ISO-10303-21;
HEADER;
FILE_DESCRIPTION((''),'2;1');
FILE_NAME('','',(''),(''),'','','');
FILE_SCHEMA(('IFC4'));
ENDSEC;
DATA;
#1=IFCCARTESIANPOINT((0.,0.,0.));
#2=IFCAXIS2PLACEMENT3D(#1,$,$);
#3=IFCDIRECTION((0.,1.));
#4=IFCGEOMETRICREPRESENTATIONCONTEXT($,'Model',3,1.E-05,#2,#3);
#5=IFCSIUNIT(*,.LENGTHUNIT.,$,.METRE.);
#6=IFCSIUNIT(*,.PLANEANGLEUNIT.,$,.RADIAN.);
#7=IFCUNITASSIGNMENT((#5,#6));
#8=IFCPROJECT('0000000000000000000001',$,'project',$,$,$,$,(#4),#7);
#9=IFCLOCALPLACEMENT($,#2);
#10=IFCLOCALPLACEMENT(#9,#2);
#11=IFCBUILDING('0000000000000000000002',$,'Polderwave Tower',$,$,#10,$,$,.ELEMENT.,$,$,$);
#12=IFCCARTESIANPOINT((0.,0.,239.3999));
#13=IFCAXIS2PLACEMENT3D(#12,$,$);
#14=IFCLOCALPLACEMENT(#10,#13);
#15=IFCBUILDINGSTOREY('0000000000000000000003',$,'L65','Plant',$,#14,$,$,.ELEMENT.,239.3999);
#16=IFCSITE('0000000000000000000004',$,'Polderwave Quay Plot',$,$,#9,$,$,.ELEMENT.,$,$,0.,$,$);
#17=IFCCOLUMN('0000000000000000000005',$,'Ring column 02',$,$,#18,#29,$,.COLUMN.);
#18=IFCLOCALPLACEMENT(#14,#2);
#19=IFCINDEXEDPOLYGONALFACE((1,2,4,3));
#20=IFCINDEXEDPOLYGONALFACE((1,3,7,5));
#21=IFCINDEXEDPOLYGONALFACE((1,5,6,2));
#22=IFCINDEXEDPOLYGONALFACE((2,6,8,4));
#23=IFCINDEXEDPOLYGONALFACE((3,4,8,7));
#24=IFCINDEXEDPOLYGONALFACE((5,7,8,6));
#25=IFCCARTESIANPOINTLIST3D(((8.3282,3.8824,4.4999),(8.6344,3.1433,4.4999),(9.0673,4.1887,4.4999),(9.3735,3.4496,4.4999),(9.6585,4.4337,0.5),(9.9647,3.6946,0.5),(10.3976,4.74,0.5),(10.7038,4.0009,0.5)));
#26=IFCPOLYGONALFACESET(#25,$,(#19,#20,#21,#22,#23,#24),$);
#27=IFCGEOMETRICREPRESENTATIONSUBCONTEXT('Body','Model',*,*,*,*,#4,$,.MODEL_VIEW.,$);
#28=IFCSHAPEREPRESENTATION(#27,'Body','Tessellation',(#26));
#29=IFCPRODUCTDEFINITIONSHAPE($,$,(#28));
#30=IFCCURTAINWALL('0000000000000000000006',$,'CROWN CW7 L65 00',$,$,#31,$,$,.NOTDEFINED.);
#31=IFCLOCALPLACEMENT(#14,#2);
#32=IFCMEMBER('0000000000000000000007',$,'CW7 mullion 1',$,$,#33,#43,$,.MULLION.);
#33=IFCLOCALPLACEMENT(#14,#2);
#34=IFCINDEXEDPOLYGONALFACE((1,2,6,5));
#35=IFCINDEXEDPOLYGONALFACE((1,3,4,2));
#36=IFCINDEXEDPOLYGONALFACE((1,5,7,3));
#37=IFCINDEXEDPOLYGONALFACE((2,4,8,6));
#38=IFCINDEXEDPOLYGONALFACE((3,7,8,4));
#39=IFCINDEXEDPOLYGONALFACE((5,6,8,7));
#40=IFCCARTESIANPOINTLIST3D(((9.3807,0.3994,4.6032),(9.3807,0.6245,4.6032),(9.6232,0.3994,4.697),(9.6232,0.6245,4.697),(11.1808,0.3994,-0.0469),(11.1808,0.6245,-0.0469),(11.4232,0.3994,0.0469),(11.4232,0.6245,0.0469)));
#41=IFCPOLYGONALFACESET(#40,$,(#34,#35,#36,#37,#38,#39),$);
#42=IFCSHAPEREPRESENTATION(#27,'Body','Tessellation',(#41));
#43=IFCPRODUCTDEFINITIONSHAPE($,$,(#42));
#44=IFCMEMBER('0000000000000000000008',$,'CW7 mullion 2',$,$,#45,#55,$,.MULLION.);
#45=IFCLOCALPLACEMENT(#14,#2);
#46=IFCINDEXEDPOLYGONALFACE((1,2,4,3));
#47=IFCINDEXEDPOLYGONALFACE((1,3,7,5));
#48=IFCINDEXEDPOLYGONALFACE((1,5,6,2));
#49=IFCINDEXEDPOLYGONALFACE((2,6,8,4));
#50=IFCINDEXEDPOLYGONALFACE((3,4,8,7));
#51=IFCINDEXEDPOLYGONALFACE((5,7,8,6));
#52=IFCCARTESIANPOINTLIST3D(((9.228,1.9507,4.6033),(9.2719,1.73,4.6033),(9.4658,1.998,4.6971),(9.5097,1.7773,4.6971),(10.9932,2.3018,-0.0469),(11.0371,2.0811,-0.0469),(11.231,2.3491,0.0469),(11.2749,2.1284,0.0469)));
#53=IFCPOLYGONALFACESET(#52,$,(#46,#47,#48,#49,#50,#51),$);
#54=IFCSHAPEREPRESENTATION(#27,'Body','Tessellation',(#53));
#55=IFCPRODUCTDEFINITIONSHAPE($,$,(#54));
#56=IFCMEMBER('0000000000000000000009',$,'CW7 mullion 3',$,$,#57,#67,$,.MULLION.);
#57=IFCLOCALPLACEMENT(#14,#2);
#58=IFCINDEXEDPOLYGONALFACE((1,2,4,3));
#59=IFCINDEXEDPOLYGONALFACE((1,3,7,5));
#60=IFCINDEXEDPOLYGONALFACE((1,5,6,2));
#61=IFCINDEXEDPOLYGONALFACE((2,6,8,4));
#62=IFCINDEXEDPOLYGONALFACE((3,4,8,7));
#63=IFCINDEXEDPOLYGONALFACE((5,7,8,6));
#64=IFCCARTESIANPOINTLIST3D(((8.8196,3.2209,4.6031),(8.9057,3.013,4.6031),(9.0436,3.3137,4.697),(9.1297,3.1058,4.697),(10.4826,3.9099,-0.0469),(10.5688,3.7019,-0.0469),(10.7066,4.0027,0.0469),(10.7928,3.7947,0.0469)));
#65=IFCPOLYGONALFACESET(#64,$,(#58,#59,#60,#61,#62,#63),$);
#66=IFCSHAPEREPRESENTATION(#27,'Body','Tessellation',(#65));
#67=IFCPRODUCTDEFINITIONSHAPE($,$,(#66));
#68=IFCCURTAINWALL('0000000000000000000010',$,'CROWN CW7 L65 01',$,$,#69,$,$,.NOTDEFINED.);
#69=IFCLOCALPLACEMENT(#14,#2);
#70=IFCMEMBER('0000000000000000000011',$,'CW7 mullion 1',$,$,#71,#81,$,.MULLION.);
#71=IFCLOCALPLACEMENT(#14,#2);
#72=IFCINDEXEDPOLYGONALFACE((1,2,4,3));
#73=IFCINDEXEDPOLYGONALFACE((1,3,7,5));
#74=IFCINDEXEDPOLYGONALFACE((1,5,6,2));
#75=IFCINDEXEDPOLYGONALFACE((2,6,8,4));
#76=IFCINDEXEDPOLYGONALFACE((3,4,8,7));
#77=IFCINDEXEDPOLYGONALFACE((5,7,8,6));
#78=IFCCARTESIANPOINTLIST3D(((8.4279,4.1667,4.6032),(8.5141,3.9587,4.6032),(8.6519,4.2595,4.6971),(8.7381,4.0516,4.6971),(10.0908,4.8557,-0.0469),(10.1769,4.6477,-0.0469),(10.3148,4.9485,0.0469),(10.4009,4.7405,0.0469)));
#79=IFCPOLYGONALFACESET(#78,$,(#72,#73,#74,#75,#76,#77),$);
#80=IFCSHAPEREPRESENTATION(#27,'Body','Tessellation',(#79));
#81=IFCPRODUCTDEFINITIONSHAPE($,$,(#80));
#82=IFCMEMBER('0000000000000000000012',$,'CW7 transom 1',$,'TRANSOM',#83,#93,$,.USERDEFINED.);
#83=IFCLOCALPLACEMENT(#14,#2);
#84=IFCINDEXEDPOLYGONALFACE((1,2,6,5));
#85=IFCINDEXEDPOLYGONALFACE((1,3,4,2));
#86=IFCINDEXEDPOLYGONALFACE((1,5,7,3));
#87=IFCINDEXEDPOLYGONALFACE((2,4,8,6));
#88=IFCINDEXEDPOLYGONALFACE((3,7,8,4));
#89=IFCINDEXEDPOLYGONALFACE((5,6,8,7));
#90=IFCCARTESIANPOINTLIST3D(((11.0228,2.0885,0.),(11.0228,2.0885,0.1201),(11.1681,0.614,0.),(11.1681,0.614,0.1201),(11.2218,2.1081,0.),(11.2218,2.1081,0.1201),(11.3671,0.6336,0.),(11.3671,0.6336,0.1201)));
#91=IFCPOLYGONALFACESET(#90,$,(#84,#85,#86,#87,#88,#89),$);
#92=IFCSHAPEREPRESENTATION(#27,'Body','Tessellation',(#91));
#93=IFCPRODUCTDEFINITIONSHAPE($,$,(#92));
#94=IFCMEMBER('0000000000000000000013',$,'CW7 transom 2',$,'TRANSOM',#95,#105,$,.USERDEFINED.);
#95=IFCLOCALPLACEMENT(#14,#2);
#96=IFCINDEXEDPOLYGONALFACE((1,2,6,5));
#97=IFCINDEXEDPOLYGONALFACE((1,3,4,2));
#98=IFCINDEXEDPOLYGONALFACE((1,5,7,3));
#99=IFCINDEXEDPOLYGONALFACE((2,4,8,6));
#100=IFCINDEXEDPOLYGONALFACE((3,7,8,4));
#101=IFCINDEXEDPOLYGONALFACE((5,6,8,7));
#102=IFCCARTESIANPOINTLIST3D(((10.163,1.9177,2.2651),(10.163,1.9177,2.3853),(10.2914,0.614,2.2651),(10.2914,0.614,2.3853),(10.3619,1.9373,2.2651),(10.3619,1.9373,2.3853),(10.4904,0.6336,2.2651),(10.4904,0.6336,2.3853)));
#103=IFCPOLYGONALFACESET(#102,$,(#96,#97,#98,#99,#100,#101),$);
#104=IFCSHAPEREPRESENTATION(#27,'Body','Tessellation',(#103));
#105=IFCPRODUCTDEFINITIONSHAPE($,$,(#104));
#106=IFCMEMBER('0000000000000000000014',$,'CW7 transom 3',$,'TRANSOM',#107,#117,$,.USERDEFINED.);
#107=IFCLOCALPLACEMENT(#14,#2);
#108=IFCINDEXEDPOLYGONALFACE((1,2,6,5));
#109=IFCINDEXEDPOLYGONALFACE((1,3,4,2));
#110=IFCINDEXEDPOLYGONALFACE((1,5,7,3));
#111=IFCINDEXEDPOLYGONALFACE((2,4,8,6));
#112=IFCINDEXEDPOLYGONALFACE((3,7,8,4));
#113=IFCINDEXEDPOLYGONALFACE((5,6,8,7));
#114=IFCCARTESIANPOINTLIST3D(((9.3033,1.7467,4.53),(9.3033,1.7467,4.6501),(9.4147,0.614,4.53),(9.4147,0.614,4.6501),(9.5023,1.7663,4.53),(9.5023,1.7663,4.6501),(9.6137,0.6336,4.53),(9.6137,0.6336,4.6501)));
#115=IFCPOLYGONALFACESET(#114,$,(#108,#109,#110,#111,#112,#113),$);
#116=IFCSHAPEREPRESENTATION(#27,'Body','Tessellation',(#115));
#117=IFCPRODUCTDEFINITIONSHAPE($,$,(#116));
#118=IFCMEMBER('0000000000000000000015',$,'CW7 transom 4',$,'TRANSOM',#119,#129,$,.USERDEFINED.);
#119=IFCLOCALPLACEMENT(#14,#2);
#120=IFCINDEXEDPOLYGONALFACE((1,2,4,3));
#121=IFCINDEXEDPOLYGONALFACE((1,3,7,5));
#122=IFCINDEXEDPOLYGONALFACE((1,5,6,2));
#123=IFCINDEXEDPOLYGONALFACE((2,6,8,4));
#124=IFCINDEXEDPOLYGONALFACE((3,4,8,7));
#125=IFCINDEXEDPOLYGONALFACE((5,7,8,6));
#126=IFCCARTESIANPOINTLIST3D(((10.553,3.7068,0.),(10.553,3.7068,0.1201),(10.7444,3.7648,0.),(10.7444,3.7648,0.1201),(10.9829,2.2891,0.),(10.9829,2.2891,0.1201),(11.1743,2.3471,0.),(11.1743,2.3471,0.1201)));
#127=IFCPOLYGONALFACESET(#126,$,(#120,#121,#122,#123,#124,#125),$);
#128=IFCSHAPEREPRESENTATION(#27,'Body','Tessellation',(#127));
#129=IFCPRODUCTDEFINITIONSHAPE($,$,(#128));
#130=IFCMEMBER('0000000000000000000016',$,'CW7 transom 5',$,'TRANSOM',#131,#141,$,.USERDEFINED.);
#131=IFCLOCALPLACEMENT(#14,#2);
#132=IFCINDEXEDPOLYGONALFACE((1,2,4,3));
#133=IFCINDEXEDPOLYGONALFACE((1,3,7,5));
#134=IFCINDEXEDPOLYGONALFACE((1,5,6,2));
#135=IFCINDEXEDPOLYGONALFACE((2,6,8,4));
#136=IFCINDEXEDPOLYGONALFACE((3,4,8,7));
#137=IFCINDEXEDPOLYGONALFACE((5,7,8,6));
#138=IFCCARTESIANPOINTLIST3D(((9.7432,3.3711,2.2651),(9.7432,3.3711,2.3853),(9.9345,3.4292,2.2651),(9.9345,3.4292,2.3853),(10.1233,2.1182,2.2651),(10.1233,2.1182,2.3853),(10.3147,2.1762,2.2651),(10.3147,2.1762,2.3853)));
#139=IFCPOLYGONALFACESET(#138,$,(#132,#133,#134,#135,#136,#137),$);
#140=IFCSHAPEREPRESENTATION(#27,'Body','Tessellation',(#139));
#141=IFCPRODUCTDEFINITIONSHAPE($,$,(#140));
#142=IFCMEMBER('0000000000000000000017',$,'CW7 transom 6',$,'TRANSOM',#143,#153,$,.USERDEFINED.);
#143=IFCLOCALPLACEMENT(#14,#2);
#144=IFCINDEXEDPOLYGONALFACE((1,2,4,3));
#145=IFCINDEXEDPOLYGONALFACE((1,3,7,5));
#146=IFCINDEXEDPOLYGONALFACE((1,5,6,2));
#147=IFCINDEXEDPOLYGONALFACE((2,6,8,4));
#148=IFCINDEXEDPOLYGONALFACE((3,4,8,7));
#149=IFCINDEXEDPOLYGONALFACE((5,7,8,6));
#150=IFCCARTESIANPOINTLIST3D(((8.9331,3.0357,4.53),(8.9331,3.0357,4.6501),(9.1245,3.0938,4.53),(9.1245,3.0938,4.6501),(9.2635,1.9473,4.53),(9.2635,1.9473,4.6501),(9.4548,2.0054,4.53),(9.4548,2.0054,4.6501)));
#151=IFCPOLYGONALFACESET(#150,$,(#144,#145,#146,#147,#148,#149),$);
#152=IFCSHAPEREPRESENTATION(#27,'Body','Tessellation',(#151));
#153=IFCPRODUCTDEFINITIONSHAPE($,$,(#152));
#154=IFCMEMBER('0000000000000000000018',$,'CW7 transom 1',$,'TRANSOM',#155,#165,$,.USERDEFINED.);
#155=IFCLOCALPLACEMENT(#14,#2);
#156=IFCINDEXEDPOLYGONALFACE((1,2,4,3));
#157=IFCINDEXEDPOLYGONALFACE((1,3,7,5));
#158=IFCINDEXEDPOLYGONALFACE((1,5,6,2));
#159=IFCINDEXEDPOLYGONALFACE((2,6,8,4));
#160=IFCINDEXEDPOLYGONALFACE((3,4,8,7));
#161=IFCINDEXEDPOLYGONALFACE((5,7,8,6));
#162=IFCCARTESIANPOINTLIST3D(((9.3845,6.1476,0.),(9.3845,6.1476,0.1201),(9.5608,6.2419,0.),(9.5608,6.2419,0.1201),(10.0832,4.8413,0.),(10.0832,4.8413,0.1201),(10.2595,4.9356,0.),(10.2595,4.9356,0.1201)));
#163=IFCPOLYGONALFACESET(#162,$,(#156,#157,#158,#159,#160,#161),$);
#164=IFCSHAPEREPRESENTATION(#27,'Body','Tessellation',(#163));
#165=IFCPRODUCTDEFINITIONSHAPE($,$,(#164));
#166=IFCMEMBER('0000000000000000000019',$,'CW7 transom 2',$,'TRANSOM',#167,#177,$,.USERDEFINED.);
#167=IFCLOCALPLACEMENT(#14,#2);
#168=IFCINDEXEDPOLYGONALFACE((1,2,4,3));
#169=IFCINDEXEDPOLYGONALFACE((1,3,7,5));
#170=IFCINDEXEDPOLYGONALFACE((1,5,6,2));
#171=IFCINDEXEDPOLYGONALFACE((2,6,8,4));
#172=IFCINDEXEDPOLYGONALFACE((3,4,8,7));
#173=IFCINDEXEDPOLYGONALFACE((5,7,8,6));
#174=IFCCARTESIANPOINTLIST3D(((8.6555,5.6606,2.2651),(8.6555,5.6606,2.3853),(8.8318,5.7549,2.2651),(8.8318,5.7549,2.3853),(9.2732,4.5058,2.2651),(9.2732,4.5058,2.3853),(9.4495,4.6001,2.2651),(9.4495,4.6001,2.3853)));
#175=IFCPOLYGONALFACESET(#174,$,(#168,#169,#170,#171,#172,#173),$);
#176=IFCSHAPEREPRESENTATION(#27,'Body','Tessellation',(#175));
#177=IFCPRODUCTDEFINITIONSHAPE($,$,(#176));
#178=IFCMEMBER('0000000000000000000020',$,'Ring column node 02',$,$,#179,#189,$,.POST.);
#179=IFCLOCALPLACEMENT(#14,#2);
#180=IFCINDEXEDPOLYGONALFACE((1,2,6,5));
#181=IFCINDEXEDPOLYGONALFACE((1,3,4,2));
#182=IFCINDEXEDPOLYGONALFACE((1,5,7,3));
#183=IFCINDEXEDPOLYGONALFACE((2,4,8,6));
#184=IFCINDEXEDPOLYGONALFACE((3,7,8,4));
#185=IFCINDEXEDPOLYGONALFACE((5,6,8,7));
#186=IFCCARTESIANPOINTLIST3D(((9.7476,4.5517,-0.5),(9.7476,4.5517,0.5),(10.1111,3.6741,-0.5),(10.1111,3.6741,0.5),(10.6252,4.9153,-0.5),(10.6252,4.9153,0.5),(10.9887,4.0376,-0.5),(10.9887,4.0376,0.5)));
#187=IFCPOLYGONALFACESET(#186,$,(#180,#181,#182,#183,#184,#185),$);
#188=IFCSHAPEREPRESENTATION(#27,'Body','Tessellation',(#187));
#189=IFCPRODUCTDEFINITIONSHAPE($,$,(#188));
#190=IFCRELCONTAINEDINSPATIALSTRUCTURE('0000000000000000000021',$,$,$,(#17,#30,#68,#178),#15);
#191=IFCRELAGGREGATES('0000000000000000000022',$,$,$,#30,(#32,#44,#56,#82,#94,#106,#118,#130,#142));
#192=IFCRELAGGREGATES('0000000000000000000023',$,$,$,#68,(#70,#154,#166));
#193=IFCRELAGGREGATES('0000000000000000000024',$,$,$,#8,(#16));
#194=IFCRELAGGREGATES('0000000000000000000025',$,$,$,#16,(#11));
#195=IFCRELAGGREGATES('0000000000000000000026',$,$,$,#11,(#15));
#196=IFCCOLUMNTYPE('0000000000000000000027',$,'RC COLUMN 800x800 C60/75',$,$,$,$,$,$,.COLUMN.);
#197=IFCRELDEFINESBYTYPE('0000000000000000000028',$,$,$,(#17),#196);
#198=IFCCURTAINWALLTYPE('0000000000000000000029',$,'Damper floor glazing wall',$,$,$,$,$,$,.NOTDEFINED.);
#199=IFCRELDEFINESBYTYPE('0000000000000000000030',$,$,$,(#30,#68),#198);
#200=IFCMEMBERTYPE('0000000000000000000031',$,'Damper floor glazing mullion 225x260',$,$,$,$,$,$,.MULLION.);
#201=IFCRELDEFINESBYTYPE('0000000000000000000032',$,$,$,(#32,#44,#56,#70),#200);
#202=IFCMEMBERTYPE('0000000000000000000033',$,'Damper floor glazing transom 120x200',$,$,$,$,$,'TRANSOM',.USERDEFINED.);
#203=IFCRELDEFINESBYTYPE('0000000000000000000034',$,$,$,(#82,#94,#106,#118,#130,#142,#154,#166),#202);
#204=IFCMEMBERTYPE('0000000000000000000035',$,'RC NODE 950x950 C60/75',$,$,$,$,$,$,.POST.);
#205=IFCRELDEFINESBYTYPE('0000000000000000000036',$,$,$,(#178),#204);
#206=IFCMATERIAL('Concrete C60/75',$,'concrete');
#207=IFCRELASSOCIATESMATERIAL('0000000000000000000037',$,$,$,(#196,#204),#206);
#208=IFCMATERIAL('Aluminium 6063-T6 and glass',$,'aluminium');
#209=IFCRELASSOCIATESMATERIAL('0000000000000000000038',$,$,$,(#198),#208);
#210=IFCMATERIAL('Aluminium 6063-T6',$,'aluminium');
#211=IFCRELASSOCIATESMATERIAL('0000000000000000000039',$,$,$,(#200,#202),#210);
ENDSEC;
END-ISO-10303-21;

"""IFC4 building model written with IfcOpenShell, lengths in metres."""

from ifc_helpers import new_model, si_unit, direction, frame, origin, origin_2d, place, context, subcontext, project, spatial, rectangle, extrude, material, material_profile, profile_set, type_object, element, aggregate, save


model = new_model("IFC4")

# Units and contexts
model_context = context("Model", 3, precision=1e-05, world=origin(), true_north=direction((0.0, 1.0)))
body_context = subcontext(model_context, "Body", "Model", "MODEL_VIEW")
ifc_project = project(units=[si_unit("LENGTHUNIT", "METRE"), si_unit("PLANEANGLEUNIT", "RADIAN")], contexts=[model_context])

# Site, building, storey
site_placement = place(None, origin())
site = spatial("IfcSite", under=ifc_project, at=site_placement, Name="Polderwave Quay Plot", CompositionType="ELEMENT", RefElevation=0.0)
building_placement = place(site_placement, origin())
building = spatial("IfcBuilding", under=site, at=building_placement, Name="Polderwave Tower", CompositionType="ELEMENT")
storey_placement = place(building_placement, frame((0.0, 0.0, 239.3999)))
storey = spatial("IfcBuildingStorey", under=building, at=storey_placement, Name="L65", Description="Plant", CompositionType="ELEMENT", Elevation=239.3999)

# Column
ifc_material_1 = material(Name="Concrete C60/75", Category="concrete")
ifc_material_profile_1 = material_profile(ifc_material_1, rectangle(XDim=0.8, YDim=0.8, at=origin_2d()), Name="RC 800x800")
ifc_profile_set_1 = profile_set([ifc_material_profile_1], Name="Concrete C60/75")
column_type = type_object("IfcColumnType", Name="RC COLUMN 800x800 C60/75", PredefinedType="COLUMN", material=ifc_profile_set_1)
column_placement = place(storey_placement, frame((10.1812, 4.2173, 0.5), z_axis=(0.0, 0.0, 1.0), x_axis=(0.382821, -0.923823, 0.0)))
element("IfcColumn", 1, at=column_placement, inside=storey, type_object=column_type, Name="Ring column 02", PredefinedType="COLUMN", context=body_context, shape_type="SweptSolid", body=[
    extrude(rectangle(XDim=0.8, YDim=0.8, at=origin_2d()), origin(), (0.0, -0.338723, 0.940886), 4.2512),
])

# Curtain wall, members
ifc_material_2 = material(Name="Aluminium 6063-T6 and glass", Category="aluminium")
curtain_wall_type = type_object("IfcCurtainWallType", Name="Damper floor glazing wall", PredefinedType="NOTDEFINED", material=ifc_material_2)
curtain_wall_1_placement = place(storey_placement, origin())
curtain_wall_1 = element("IfcCurtainWall", 2, at=curtain_wall_1_placement, inside=storey, type_object=curtain_wall_type, Name="CROWN CW7 L65 00", PredefinedType="NOTDEFINED")
ifc_material_3 = material(Name="Aluminium 6063-T6", Category="aluminium")
ifc_material_profile_2 = material_profile(ifc_material_3, rectangle(XDim=0.2251, YDim=0.26, at=origin_2d()), Name="AL 225x260")
ifc_profile_set_2 = profile_set([ifc_material_profile_2], Name="Aluminium 6063-T6")
member_type_1 = type_object("IfcMemberType", Name="Damper floor glazing mullion 225x260", PredefinedType="MULLION", material=ifc_profile_set_2)
member_1_placement = place(storey_placement, frame((11.302, 0.512, 0.0), z_axis=(-0.360993, 0.0, 0.932569), x_axis=(0.0, -1.0, 0.0)))
member_1 = element("IfcMember", 3, at=member_1_placement, type_object=member_type_1, Name="CW7 mullion 1", PredefinedType="MULLION", context=body_context, shape_type="SweptSolid", body=[
    extrude(rectangle(XDim=0.2251, YDim=0.26, at=origin_2d()), origin(), (0.0, 0.0, 1.0), 4.9863),
])
member_2_placement = place(storey_placement, frame((11.134, 2.2151, 0.0), z_axis=(-0.354, -0.070408, 0.932591), x_axis=(0.195073, -0.980789, 0.0)))
member_2 = element("IfcMember", 4, at=member_2_placement, type_object=member_type_1, Name="CW7 mullion 2", PredefinedType="MULLION", context=body_context, shape_type="SweptSolid", body=[
    extrude(rectangle(XDim=0.2251, YDim=0.26, at=origin_2d()), origin(), (0.0, 0.0, 1.0), 4.9863),
])
member_3_placement = place(storey_placement, frame((10.6377, 3.8523, 0.0), z_axis=(-0.333523, -0.138168, 0.932562), x_axis=(0.382727, -0.923861, 0.0)))
member_3 = element("IfcMember", 5, at=member_3_placement, type_object=member_type_1, Name="CW7 mullion 3", PredefinedType="MULLION", context=body_context, shape_type="SweptSolid", body=[
    extrude(rectangle(XDim=0.2251, YDim=0.26, at=origin_2d()), origin(), (0.0, 0.0, 1.0), 4.9863),
])

# Curtain wall, member
curtain_wall_2_placement = place(storey_placement, origin())
curtain_wall_2 = element("IfcCurtainWall", 6, at=curtain_wall_2_placement, inside=storey, type_object=curtain_wall_type, Name="CROWN CW7 L65 01", PredefinedType="NOTDEFINED")
member_4_placement = place(storey_placement, frame((10.2458, 4.7981, 0.0), z_axis=(-0.333479, -0.13817, 0.932577), x_axis=(0.382775, -0.923842, 0.0)))
member_4 = element("IfcMember", 7, at=member_4_placement, type_object=member_type_1, Name="CW7 mullion 1", PredefinedType="MULLION", context=body_context, shape_type="SweptSolid", body=[
    extrude(rectangle(XDim=0.2251, YDim=0.26, at=origin_2d()), origin(), (0.0, 0.0, 1.0), 4.9863),
])

# Members
ifc_material_profile_3 = material_profile(ifc_material_3, rectangle(XDim=0.2, YDim=0.1201, at=origin_2d()), Name="AL 120x200")
ifc_profile_set_3 = profile_set([ifc_material_profile_3], Name="Aluminium 6063-T6")
member_type_2 = type_object("IfcMemberType", Name="Damper floor glazing transom 120x200", ElementType="TRANSOM", PredefinedType="USERDEFINED", material=ifc_profile_set_3)
member_5_placement = place(storey_placement, frame((11.2676, 0.6238, 0.0601), z_axis=(-0.098035, 0.995183, 0.0), x_axis=(-0.995183, -0.098035, 0.0)))
member_5 = element("IfcMember", 8, at=member_5_placement, type_object=member_type_2, Name="CW7 transom 1", ObjectType="TRANSOM", PredefinedType="USERDEFINED", context=body_context, shape_type="SweptSolid", body=[
    extrude(rectangle(XDim=0.2, YDim=0.1201, at=origin_2d()), origin(), (0.0, 0.0, 1.0), 1.4817),
])
member_6_placement = place(storey_placement, frame((10.3909, 0.6238, 2.3252), z_axis=(-0.098027, 0.995184, 0.0), x_axis=(-0.995184, -0.098027, 0.0)))
member_6 = element("IfcMember", 9, at=member_6_placement, type_object=member_type_2, Name="CW7 transom 2", ObjectType="TRANSOM", PredefinedType="USERDEFINED", context=body_context, shape_type="SweptSolid", body=[
    extrude(rectangle(XDim=0.2, YDim=0.1201, at=origin_2d()), origin(), (0.0, 0.0, 1.0), 1.3101),
])
member_7_placement = place(storey_placement, frame((9.5142, 0.6238, 4.5901), z_axis=(-0.097805, 0.995206, 0.0), x_axis=(-0.995206, -0.097805, 0.0)))
member_7 = element("IfcMember", 10, at=member_7_placement, type_object=member_type_2, Name="CW7 transom 3", ObjectType="TRANSOM", PredefinedType="USERDEFINED", context=body_context, shape_type="SweptSolid", body=[
    extrude(rectangle(XDim=0.2, YDim=0.1201, at=origin_2d()), origin(), (0.0, 0.0, 1.0), 1.1382),
])
member_8_placement = place(storey_placement, frame((11.0786, 2.3181, 0.0601), z_axis=(-0.290204, 0.956965, 0.0), x_axis=(-0.956965, -0.290204, 0.0)))
member_8 = element("IfcMember", 11, at=member_8_placement, type_object=member_type_2, Name="CW7 transom 4", ObjectType="TRANSOM", PredefinedType="USERDEFINED", context=body_context, shape_type="SweptSolid", body=[
    extrude(rectangle(XDim=0.2, YDim=0.1201, at=origin_2d()), origin(), (0.0, 0.0, 1.0), 1.4814),
])
member_9_placement = place(storey_placement, frame((10.219, 2.1472, 2.3252), z_axis=(-0.290323, 0.956929, 0.0), x_axis=(-0.956929, -0.290323, 0.0)))
member_9 = element("IfcMember", 12, at=member_9_placement, type_object=member_type_2, Name="CW7 transom 5", ObjectType="TRANSOM", PredefinedType="USERDEFINED", context=body_context, shape_type="SweptSolid", body=[
    extrude(rectangle(XDim=0.2, YDim=0.1201, at=origin_2d()), origin(), (0.0, 0.0, 1.0), 1.3093),
])
member_10_placement = place(storey_placement, frame((9.3591, 1.9763, 4.5901), z_axis=(-0.290418, 0.9569, 0.0), x_axis=(-0.9569, -0.290418, 0.0)))
member_10 = element("IfcMember", 13, at=member_10_placement, type_object=member_type_2, Name="CW7 transom 6", ObjectType="TRANSOM", PredefinedType="USERDEFINED", context=body_context, shape_type="SweptSolid", body=[
    extrude(rectangle(XDim=0.2, YDim=0.1201, at=origin_2d()), origin(), (0.0, 0.0, 1.0), 1.1375),
])
member_11_placement = place(storey_placement, frame((10.1714, 4.8884, 0.0601), z_axis=(-0.471631, 0.881796, 0.0), x_axis=(-0.881796, -0.471631, 0.0)))
member_11 = element("IfcMember", 14, at=member_11_placement, type_object=member_type_2, Name="CW7 transom 1", ObjectType="TRANSOM", PredefinedType="USERDEFINED", context=body_context, shape_type="SweptSolid", body=[
    extrude(rectangle(XDim=0.2, YDim=0.1201, at=origin_2d()), origin(), (0.0, 0.0, 1.0), 1.4814),
])
member_12_placement = place(storey_placement, frame((9.3613, 4.553, 2.3252), z_axis=(-0.471652, 0.881785, 0.0), x_axis=(-0.881785, -0.471652, 0.0)))
member_12 = element("IfcMember", 15, at=member_12_placement, type_object=member_type_2, Name="CW7 transom 2", ObjectType="TRANSOM", PredefinedType="USERDEFINED", context=body_context, shape_type="SweptSolid", body=[
    extrude(rectangle(XDim=0.2, YDim=0.1201, at=origin_2d()), origin(), (0.0, 0.0, 1.0), 1.3096),
])
ifc_material_profile_4 = material_profile(ifc_material_1, rectangle(XDim=0.95, YDim=0.95, at=origin_2d()), Name="RC 950x950")
ifc_profile_set_4 = profile_set([ifc_material_profile_4], Name="Concrete C60/75")
member_type_3 = type_object("IfcMemberType", Name="RC NODE 950x950 C60/75", PredefinedType="POST", material=ifc_profile_set_4)
member_13_placement = place(storey_placement, frame((10.3682, 4.2947, -0.5), z_axis=(0.0, 0.0, 1.0), x_axis=(0.92388, 0.382683, 0.0)))
element("IfcMember", 16, at=member_13_placement, inside=storey, type_object=member_type_3, Name="Ring column node 02", PredefinedType="POST", context=body_context, shape_type="SweptSolid", body=[
    extrude(rectangle(XDim=0.95, YDim=0.95, at=origin_2d()), origin(), (0.0, 0.0, 1.0), 1.0),
])

aggregate(curtain_wall_1, [member_1, member_2, member_3, member_5, member_6, member_7, member_8, member_9, member_10])
aggregate(curtain_wall_2, [member_4, member_11, member_12])

save(model, "model.ifc")
